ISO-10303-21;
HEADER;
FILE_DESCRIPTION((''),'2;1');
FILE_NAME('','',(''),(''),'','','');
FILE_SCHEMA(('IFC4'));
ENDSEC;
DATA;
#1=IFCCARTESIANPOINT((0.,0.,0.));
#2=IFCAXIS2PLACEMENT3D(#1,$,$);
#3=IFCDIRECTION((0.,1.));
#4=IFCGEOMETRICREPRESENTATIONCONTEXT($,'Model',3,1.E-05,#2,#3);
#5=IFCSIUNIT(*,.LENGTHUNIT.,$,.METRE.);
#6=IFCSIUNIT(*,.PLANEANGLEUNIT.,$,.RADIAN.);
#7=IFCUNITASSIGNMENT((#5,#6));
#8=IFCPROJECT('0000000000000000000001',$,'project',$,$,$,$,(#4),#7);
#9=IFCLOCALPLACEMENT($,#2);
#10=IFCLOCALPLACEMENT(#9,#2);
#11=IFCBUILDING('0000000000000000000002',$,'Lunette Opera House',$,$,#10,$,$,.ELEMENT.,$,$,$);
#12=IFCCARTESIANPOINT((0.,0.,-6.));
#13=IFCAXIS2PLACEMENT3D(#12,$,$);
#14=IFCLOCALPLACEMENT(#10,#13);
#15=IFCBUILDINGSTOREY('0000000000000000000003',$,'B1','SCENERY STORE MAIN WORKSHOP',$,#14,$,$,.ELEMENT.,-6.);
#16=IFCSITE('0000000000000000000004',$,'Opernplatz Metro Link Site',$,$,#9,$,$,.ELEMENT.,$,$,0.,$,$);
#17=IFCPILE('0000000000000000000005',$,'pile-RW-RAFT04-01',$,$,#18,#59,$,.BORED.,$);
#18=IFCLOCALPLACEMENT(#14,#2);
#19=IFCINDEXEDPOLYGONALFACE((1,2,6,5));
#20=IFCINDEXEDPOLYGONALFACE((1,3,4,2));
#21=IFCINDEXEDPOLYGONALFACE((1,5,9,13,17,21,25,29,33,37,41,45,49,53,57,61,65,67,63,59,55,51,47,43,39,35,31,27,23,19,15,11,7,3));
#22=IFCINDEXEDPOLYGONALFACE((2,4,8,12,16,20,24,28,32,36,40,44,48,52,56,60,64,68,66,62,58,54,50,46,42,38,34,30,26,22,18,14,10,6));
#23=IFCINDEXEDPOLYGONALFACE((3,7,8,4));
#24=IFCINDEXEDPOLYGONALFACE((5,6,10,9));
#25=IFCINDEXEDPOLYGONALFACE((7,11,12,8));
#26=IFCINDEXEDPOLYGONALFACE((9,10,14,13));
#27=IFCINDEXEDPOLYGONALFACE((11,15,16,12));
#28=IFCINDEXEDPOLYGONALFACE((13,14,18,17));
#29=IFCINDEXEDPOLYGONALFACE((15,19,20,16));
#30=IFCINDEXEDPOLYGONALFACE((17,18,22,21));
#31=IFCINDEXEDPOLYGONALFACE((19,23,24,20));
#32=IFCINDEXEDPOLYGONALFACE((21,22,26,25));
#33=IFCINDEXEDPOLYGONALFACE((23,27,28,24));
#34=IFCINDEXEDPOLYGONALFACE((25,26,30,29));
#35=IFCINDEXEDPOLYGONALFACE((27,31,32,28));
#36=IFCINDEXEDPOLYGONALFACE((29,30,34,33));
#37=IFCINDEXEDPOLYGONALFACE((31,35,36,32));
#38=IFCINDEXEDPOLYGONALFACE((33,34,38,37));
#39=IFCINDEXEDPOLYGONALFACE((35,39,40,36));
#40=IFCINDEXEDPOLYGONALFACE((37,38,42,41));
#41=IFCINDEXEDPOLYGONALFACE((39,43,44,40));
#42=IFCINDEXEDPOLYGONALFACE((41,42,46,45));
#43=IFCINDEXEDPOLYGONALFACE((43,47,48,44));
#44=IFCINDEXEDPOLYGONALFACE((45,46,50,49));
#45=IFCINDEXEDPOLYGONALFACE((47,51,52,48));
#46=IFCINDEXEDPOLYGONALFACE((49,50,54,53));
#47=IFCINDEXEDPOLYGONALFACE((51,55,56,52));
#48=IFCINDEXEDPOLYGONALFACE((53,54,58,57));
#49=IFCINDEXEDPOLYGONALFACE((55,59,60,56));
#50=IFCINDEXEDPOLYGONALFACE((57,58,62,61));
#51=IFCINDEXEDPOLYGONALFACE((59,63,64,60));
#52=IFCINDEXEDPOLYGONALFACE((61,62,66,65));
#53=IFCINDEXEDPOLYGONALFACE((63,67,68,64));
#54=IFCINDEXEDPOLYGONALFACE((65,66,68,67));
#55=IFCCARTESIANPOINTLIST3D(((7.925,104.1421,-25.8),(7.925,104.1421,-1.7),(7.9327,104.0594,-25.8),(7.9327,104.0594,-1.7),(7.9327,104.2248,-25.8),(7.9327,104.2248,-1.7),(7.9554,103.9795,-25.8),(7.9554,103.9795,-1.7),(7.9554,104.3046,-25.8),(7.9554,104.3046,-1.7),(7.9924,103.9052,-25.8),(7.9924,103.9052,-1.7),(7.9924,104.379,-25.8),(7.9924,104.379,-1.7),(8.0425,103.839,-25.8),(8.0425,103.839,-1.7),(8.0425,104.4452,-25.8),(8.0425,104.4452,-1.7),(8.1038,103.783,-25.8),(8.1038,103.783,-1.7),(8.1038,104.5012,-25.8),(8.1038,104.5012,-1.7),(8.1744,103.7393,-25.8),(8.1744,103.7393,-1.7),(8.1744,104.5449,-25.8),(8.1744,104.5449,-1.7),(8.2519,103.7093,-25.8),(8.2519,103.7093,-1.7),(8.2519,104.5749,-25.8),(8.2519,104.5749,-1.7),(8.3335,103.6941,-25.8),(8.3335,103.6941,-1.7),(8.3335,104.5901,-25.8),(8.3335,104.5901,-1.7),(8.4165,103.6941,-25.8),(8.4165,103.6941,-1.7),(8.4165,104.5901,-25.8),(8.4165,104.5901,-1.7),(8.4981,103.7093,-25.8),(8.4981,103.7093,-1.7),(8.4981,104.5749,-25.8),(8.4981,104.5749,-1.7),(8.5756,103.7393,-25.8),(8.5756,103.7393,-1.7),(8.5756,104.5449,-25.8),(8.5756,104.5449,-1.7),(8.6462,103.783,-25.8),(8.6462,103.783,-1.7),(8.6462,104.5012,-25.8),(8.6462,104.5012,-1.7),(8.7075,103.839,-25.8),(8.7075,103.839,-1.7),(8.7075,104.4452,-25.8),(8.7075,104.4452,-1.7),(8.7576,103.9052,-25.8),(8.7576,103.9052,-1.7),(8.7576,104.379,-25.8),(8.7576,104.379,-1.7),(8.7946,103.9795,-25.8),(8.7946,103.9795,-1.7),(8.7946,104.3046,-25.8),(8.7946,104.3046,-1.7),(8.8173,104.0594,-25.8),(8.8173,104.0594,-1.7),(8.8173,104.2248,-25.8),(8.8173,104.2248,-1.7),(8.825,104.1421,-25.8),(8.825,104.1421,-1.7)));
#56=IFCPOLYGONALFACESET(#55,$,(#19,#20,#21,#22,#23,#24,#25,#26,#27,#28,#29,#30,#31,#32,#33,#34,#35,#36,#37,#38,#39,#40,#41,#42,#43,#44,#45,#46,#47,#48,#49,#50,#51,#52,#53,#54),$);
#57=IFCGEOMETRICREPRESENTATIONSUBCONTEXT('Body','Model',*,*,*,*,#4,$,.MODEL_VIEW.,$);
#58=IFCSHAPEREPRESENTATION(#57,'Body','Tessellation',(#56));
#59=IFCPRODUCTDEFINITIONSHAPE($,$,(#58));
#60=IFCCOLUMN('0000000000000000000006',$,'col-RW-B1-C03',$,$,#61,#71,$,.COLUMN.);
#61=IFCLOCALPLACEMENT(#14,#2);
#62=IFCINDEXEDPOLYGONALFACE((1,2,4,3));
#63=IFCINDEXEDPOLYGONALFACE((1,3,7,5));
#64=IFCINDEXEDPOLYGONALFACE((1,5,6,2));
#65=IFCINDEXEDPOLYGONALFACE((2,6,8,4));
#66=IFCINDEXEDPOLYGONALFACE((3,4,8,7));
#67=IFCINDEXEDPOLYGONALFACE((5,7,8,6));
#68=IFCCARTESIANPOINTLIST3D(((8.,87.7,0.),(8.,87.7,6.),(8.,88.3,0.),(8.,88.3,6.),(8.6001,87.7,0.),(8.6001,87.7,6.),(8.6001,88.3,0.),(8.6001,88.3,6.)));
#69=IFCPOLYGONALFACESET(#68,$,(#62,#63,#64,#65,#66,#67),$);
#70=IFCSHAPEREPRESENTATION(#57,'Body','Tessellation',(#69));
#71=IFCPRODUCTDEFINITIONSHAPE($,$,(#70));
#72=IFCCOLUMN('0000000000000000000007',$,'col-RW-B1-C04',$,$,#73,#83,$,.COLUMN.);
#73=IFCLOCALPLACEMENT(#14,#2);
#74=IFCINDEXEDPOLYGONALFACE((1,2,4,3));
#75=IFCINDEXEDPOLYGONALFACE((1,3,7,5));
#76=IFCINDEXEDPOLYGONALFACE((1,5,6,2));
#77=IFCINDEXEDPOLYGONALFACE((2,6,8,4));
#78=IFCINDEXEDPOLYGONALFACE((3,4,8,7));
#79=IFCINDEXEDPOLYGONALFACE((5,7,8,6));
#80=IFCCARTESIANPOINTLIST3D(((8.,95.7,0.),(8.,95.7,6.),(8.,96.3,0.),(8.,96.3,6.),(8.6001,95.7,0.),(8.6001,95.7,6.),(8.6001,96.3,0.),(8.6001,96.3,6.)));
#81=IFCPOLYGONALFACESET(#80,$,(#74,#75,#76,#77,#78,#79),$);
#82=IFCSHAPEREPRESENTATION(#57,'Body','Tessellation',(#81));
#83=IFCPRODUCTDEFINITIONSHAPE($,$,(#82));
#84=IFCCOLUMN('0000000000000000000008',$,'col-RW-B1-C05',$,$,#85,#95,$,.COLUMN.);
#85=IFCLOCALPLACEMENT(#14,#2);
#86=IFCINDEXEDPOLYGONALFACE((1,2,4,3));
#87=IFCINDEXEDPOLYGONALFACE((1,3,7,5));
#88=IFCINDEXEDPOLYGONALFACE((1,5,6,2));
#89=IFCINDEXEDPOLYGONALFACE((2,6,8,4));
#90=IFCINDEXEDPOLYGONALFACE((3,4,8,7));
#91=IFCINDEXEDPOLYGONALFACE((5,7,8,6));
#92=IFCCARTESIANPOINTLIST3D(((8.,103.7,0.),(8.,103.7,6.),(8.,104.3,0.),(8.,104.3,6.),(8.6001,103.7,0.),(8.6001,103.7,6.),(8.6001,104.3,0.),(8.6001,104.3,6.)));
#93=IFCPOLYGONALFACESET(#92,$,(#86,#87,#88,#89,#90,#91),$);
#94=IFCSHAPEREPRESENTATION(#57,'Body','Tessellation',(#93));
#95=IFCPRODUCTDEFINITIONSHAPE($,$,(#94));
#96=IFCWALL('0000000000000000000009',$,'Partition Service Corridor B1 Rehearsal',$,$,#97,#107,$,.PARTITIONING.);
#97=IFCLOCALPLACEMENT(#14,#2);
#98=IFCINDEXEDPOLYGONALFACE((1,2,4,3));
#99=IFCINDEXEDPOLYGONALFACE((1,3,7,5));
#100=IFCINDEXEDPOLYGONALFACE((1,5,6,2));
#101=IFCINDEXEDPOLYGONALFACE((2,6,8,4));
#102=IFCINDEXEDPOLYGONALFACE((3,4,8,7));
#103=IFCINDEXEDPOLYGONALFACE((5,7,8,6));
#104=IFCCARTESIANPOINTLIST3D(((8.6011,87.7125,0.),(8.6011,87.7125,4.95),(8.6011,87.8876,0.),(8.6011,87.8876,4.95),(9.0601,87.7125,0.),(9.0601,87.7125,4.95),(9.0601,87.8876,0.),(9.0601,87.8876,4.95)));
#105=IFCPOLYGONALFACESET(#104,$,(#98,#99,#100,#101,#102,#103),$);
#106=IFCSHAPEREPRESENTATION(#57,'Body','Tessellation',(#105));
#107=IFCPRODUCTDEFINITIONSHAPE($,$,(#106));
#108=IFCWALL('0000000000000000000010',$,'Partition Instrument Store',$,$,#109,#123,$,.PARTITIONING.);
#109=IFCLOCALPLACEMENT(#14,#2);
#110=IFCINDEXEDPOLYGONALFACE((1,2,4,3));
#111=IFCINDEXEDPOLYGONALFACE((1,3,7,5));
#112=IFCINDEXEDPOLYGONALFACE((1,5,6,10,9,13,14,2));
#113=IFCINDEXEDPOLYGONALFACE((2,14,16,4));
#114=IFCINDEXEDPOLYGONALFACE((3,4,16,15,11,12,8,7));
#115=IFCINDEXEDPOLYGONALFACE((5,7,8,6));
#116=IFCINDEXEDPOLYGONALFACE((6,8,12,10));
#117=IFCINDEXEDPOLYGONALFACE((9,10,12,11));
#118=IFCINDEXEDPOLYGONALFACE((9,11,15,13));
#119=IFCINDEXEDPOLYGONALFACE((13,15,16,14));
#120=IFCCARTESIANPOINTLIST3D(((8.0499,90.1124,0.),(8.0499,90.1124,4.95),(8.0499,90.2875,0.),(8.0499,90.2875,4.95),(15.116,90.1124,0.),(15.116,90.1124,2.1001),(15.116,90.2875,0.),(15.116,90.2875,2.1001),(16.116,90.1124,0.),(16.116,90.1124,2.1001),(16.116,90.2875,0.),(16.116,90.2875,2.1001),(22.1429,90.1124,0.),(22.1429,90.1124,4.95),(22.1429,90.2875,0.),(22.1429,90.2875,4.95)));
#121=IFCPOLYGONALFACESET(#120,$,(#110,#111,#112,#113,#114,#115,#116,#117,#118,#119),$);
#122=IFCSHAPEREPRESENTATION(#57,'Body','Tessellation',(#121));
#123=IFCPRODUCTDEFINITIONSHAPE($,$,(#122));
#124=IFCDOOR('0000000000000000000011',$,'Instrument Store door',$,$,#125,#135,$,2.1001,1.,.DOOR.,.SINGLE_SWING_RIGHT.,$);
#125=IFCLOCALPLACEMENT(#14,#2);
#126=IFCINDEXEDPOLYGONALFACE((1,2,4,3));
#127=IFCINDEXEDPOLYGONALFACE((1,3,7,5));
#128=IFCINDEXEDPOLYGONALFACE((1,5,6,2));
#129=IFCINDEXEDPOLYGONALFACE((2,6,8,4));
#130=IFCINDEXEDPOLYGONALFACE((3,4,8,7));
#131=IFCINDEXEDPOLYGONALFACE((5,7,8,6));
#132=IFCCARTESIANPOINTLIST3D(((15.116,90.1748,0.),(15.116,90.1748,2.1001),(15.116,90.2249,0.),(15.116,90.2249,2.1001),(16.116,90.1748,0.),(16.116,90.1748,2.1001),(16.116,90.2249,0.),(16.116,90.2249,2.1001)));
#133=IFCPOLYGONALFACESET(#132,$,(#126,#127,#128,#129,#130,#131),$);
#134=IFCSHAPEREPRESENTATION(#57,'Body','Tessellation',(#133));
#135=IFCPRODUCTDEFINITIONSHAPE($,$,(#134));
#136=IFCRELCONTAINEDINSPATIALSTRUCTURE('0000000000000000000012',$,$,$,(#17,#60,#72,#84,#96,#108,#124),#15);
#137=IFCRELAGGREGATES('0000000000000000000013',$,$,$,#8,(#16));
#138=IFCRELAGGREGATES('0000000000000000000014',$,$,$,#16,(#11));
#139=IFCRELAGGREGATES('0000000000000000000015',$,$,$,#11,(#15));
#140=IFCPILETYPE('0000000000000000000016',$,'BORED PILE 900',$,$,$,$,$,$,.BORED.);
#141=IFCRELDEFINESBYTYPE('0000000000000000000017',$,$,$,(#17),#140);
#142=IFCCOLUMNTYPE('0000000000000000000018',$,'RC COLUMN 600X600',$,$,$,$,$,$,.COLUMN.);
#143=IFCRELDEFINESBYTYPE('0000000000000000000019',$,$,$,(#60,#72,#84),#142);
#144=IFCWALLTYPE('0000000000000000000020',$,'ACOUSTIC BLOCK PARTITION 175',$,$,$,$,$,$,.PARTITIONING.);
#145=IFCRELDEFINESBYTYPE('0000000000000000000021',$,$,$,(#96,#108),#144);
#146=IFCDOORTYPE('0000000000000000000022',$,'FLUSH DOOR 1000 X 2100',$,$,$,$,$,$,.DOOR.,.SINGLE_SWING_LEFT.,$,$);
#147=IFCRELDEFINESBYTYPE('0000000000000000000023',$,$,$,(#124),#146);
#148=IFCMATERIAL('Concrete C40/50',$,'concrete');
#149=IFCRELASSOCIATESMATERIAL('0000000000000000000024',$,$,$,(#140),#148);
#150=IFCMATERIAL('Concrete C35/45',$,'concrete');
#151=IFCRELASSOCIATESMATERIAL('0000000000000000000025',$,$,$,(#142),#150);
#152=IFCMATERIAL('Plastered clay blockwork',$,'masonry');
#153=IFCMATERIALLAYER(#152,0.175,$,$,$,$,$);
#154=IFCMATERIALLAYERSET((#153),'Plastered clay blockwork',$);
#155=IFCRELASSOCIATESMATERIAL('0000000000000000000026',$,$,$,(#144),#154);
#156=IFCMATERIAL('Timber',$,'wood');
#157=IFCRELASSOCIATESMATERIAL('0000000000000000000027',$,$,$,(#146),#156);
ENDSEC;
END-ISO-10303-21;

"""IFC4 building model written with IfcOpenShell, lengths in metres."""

from ifc_helpers import new_model, si_unit, direction, frame, frame_2d, origin, origin_2d, place, context, subcontext, project, spatial, rectangle, circle, extrude, material, layer, layer_set, material_profile, profile_set, type_object, element, fill, save


model = new_model("IFC4")

# Units and contexts
model_context = context("Model", 3, precision=1e-05, world=origin(), true_north=direction((0.0, 1.0)))
body_context = subcontext(model_context, "Body", "Model", "MODEL_VIEW")
ifc_project = project(units=[si_unit("LENGTHUNIT", "METRE"), si_unit("PLANEANGLEUNIT", "RADIAN")], contexts=[model_context])

# Site, building, storey
site_placement = place(None, origin())
site = spatial("IfcSite", under=ifc_project, at=site_placement, Name="Opernplatz Metro Link Site", CompositionType="ELEMENT", RefElevation=0.0)
building_placement = place(site_placement, origin())
building = spatial("IfcBuilding", under=site, at=building_placement, Name="Lunette Opera House", CompositionType="ELEMENT")
storey_placement = place(building_placement, frame((0.0, 0.0, -6.0)))
storey = spatial("IfcBuildingStorey", under=building, at=storey_placement, Name="B1", Description="SCENERY STORE MAIN WORKSHOP", CompositionType="ELEMENT", Elevation=-6.0)

# Pile
ifc_material_1 = material(Name="Concrete C40/50", Category="concrete")
ifc_material_profile_1 = material_profile(ifc_material_1, circle(Radius=0.45, at=origin_2d()), Name="BORED PILE 900")
ifc_profile_set_1 = profile_set([ifc_material_profile_1], Name="Concrete C40/50")
pile_type = type_object("IfcPileType", Name="BORED PILE 900", PredefinedType="BORED", material=ifc_profile_set_1)
for number, where, z_axis, x_axis, name in (
    (1, (8.375, 104.1421, -1.7), (0.0, 0.0, -1.0), (1.0, 0.0, 0.0), "pile-RW-RAFT04-01"),
):
    element("IfcPile", number, at=place(storey_placement, frame(where, z_axis=z_axis, x_axis=x_axis)), inside=storey, type_object=pile_type, Name=name, PredefinedType="BORED", context=body_context, shape_type="SweptSolid", body=[
        extrude(circle(Radius=0.45, at=origin_2d()), origin(), (0.0, 0.0, 1.0), 24.1001),
    ])

# Columns
ifc_material_2 = material(Name="Concrete C35/45", Category="concrete")
ifc_material_profile_2 = material_profile(ifc_material_2, rectangle(XDim=0.6001, YDim=0.6001, at=origin_2d()), Name="RC COLUMN 600X600")
ifc_profile_set_2 = profile_set([ifc_material_profile_2], Name="Concrete C35/45")
column_type = type_object("IfcColumnType", Name="RC COLUMN 600X600", PredefinedType="COLUMN", material=ifc_profile_set_2)
for number, where, z_axis, x_axis, name in (
    (2, (8.3, 88.0, 0.0), (0.0, 0.0, 1.0), (1.0, 0.0, 0.0), "col-RW-B1-C03"),
    (3, (8.3, 96.0, 0.0), (0.0, 0.0, 1.0), (1.0, 0.0, 0.0), "col-RW-B1-C04"),
    (4, (8.3, 104.0, 0.0), (0.0, 0.0, 1.0), (1.0, 0.0, 0.0), "col-RW-B1-C05"),
):
    element("IfcColumn", number, at=place(storey_placement, frame(where, z_axis=z_axis, x_axis=x_axis)), inside=storey, type_object=column_type, Name=name, PredefinedType="COLUMN", context=body_context, shape_type="SweptSolid", body=[
        extrude(rectangle(XDim=0.6001, YDim=0.6001, at=origin_2d()), origin(), (0.0, 0.0, 1.0), 6.0),
    ])

# Wall
ifc_material_3 = material(Name="Plastered clay blockwork", Category="masonry")
ifc_layer_1 = layer(ifc_material_3, 0.175)
ifc_layer_set_1 = layer_set([ifc_layer_1], Name="Plastered clay blockwork")
wall_type_1 = type_object("IfcWallType", Name="ACOUSTIC BLOCK PARTITION 175", PredefinedType="PARTITIONING", material=ifc_layer_set_1)
wall_1_placement = place(storey_placement, frame((8.6011, 87.8, 0.0), z_axis=(0.0, 0.0, 1.0), x_axis=(1.0, 0.0, 0.0)))
element("IfcWall", 5, at=wall_1_placement, inside=storey, type_object=wall_type_1, Name="Partition Service Corridor B1 Rehearsal", PredefinedType="PARTITIONING", context=body_context, shape_type="SweptSolid", body=[
    extrude(rectangle(XDim=0.459, YDim=0.175, at=frame_2d((0.2295, 0.0))), origin(), (0.0, 0.0, 1.0), 4.95),
])

# Wall, opening, door
wall_2_placement = place(storey_placement, frame((8.05, 90.2, 0.0), z_axis=(0.0, 0.0, 1.0), x_axis=(1.0, 0.0, 0.0)))
wall_2 = element("IfcWall", 6, at=wall_2_placement, inside=storey, type_object=wall_type_1, Name="Partition Instrument Store", PredefinedType="PARTITIONING", context=body_context, shape_type="SweptSolid", body=[
    extrude(rectangle(XDim=14.093, YDim=0.175, at=frame_2d((7.0464, 0.0))), origin(), (0.0, 0.0, 1.0), 4.95),
])
opening_1_placement = place(wall_2_placement, frame((7.0659, 0.0, 0.0)))
opening_1 = element("IfcOpeningElement", 7, at=opening_1_placement, cuts=wall_2, PredefinedType="OPENING", context=body_context, shape_type="SweptSolid", body=[
    extrude(rectangle(XDim=1.0, YDim=2.1001, at=frame_2d((0.5, 1.05))), frame((0.0, 0.0996, 0.0), z_axis=(0.0, -1.0, 0.0), x_axis=(1.0, 0.0, 0.0)), (0.0, 0.0, 1.0), 0.199),
])
ifc_material_4 = material(Name="Timber", Category="wood")
door_type_1 = type_object("IfcDoorType", Name="FLUSH DOOR 1000 X 2100", OperationType="SINGLE_SWING_LEFT", PredefinedType="DOOR", material=ifc_material_4)
door_1_placement = place(opening_1_placement, origin())
door_1 = element("IfcDoor", 8, at=door_1_placement, inside=storey, type_object=door_type_1, Name="Instrument Store door", OperationType="SINGLE_SWING_RIGHT", OverallHeight=2.1001, OverallWidth=1.0, PredefinedType="DOOR", context=body_context, shape_type="SweptSolid", body=[
    extrude(rectangle(XDim=1.0, YDim=2.1001, at=frame_2d((0.5, 1.05))), frame((0.0, 0.0249, 0.0), z_axis=(0.0, -1.0, 0.0), x_axis=(1.0, 0.0, 0.0)), (0.0, 0.0, 1.0), 0.05),
])
fill(opening_1, door_1)

save(model, "model.ifc")
